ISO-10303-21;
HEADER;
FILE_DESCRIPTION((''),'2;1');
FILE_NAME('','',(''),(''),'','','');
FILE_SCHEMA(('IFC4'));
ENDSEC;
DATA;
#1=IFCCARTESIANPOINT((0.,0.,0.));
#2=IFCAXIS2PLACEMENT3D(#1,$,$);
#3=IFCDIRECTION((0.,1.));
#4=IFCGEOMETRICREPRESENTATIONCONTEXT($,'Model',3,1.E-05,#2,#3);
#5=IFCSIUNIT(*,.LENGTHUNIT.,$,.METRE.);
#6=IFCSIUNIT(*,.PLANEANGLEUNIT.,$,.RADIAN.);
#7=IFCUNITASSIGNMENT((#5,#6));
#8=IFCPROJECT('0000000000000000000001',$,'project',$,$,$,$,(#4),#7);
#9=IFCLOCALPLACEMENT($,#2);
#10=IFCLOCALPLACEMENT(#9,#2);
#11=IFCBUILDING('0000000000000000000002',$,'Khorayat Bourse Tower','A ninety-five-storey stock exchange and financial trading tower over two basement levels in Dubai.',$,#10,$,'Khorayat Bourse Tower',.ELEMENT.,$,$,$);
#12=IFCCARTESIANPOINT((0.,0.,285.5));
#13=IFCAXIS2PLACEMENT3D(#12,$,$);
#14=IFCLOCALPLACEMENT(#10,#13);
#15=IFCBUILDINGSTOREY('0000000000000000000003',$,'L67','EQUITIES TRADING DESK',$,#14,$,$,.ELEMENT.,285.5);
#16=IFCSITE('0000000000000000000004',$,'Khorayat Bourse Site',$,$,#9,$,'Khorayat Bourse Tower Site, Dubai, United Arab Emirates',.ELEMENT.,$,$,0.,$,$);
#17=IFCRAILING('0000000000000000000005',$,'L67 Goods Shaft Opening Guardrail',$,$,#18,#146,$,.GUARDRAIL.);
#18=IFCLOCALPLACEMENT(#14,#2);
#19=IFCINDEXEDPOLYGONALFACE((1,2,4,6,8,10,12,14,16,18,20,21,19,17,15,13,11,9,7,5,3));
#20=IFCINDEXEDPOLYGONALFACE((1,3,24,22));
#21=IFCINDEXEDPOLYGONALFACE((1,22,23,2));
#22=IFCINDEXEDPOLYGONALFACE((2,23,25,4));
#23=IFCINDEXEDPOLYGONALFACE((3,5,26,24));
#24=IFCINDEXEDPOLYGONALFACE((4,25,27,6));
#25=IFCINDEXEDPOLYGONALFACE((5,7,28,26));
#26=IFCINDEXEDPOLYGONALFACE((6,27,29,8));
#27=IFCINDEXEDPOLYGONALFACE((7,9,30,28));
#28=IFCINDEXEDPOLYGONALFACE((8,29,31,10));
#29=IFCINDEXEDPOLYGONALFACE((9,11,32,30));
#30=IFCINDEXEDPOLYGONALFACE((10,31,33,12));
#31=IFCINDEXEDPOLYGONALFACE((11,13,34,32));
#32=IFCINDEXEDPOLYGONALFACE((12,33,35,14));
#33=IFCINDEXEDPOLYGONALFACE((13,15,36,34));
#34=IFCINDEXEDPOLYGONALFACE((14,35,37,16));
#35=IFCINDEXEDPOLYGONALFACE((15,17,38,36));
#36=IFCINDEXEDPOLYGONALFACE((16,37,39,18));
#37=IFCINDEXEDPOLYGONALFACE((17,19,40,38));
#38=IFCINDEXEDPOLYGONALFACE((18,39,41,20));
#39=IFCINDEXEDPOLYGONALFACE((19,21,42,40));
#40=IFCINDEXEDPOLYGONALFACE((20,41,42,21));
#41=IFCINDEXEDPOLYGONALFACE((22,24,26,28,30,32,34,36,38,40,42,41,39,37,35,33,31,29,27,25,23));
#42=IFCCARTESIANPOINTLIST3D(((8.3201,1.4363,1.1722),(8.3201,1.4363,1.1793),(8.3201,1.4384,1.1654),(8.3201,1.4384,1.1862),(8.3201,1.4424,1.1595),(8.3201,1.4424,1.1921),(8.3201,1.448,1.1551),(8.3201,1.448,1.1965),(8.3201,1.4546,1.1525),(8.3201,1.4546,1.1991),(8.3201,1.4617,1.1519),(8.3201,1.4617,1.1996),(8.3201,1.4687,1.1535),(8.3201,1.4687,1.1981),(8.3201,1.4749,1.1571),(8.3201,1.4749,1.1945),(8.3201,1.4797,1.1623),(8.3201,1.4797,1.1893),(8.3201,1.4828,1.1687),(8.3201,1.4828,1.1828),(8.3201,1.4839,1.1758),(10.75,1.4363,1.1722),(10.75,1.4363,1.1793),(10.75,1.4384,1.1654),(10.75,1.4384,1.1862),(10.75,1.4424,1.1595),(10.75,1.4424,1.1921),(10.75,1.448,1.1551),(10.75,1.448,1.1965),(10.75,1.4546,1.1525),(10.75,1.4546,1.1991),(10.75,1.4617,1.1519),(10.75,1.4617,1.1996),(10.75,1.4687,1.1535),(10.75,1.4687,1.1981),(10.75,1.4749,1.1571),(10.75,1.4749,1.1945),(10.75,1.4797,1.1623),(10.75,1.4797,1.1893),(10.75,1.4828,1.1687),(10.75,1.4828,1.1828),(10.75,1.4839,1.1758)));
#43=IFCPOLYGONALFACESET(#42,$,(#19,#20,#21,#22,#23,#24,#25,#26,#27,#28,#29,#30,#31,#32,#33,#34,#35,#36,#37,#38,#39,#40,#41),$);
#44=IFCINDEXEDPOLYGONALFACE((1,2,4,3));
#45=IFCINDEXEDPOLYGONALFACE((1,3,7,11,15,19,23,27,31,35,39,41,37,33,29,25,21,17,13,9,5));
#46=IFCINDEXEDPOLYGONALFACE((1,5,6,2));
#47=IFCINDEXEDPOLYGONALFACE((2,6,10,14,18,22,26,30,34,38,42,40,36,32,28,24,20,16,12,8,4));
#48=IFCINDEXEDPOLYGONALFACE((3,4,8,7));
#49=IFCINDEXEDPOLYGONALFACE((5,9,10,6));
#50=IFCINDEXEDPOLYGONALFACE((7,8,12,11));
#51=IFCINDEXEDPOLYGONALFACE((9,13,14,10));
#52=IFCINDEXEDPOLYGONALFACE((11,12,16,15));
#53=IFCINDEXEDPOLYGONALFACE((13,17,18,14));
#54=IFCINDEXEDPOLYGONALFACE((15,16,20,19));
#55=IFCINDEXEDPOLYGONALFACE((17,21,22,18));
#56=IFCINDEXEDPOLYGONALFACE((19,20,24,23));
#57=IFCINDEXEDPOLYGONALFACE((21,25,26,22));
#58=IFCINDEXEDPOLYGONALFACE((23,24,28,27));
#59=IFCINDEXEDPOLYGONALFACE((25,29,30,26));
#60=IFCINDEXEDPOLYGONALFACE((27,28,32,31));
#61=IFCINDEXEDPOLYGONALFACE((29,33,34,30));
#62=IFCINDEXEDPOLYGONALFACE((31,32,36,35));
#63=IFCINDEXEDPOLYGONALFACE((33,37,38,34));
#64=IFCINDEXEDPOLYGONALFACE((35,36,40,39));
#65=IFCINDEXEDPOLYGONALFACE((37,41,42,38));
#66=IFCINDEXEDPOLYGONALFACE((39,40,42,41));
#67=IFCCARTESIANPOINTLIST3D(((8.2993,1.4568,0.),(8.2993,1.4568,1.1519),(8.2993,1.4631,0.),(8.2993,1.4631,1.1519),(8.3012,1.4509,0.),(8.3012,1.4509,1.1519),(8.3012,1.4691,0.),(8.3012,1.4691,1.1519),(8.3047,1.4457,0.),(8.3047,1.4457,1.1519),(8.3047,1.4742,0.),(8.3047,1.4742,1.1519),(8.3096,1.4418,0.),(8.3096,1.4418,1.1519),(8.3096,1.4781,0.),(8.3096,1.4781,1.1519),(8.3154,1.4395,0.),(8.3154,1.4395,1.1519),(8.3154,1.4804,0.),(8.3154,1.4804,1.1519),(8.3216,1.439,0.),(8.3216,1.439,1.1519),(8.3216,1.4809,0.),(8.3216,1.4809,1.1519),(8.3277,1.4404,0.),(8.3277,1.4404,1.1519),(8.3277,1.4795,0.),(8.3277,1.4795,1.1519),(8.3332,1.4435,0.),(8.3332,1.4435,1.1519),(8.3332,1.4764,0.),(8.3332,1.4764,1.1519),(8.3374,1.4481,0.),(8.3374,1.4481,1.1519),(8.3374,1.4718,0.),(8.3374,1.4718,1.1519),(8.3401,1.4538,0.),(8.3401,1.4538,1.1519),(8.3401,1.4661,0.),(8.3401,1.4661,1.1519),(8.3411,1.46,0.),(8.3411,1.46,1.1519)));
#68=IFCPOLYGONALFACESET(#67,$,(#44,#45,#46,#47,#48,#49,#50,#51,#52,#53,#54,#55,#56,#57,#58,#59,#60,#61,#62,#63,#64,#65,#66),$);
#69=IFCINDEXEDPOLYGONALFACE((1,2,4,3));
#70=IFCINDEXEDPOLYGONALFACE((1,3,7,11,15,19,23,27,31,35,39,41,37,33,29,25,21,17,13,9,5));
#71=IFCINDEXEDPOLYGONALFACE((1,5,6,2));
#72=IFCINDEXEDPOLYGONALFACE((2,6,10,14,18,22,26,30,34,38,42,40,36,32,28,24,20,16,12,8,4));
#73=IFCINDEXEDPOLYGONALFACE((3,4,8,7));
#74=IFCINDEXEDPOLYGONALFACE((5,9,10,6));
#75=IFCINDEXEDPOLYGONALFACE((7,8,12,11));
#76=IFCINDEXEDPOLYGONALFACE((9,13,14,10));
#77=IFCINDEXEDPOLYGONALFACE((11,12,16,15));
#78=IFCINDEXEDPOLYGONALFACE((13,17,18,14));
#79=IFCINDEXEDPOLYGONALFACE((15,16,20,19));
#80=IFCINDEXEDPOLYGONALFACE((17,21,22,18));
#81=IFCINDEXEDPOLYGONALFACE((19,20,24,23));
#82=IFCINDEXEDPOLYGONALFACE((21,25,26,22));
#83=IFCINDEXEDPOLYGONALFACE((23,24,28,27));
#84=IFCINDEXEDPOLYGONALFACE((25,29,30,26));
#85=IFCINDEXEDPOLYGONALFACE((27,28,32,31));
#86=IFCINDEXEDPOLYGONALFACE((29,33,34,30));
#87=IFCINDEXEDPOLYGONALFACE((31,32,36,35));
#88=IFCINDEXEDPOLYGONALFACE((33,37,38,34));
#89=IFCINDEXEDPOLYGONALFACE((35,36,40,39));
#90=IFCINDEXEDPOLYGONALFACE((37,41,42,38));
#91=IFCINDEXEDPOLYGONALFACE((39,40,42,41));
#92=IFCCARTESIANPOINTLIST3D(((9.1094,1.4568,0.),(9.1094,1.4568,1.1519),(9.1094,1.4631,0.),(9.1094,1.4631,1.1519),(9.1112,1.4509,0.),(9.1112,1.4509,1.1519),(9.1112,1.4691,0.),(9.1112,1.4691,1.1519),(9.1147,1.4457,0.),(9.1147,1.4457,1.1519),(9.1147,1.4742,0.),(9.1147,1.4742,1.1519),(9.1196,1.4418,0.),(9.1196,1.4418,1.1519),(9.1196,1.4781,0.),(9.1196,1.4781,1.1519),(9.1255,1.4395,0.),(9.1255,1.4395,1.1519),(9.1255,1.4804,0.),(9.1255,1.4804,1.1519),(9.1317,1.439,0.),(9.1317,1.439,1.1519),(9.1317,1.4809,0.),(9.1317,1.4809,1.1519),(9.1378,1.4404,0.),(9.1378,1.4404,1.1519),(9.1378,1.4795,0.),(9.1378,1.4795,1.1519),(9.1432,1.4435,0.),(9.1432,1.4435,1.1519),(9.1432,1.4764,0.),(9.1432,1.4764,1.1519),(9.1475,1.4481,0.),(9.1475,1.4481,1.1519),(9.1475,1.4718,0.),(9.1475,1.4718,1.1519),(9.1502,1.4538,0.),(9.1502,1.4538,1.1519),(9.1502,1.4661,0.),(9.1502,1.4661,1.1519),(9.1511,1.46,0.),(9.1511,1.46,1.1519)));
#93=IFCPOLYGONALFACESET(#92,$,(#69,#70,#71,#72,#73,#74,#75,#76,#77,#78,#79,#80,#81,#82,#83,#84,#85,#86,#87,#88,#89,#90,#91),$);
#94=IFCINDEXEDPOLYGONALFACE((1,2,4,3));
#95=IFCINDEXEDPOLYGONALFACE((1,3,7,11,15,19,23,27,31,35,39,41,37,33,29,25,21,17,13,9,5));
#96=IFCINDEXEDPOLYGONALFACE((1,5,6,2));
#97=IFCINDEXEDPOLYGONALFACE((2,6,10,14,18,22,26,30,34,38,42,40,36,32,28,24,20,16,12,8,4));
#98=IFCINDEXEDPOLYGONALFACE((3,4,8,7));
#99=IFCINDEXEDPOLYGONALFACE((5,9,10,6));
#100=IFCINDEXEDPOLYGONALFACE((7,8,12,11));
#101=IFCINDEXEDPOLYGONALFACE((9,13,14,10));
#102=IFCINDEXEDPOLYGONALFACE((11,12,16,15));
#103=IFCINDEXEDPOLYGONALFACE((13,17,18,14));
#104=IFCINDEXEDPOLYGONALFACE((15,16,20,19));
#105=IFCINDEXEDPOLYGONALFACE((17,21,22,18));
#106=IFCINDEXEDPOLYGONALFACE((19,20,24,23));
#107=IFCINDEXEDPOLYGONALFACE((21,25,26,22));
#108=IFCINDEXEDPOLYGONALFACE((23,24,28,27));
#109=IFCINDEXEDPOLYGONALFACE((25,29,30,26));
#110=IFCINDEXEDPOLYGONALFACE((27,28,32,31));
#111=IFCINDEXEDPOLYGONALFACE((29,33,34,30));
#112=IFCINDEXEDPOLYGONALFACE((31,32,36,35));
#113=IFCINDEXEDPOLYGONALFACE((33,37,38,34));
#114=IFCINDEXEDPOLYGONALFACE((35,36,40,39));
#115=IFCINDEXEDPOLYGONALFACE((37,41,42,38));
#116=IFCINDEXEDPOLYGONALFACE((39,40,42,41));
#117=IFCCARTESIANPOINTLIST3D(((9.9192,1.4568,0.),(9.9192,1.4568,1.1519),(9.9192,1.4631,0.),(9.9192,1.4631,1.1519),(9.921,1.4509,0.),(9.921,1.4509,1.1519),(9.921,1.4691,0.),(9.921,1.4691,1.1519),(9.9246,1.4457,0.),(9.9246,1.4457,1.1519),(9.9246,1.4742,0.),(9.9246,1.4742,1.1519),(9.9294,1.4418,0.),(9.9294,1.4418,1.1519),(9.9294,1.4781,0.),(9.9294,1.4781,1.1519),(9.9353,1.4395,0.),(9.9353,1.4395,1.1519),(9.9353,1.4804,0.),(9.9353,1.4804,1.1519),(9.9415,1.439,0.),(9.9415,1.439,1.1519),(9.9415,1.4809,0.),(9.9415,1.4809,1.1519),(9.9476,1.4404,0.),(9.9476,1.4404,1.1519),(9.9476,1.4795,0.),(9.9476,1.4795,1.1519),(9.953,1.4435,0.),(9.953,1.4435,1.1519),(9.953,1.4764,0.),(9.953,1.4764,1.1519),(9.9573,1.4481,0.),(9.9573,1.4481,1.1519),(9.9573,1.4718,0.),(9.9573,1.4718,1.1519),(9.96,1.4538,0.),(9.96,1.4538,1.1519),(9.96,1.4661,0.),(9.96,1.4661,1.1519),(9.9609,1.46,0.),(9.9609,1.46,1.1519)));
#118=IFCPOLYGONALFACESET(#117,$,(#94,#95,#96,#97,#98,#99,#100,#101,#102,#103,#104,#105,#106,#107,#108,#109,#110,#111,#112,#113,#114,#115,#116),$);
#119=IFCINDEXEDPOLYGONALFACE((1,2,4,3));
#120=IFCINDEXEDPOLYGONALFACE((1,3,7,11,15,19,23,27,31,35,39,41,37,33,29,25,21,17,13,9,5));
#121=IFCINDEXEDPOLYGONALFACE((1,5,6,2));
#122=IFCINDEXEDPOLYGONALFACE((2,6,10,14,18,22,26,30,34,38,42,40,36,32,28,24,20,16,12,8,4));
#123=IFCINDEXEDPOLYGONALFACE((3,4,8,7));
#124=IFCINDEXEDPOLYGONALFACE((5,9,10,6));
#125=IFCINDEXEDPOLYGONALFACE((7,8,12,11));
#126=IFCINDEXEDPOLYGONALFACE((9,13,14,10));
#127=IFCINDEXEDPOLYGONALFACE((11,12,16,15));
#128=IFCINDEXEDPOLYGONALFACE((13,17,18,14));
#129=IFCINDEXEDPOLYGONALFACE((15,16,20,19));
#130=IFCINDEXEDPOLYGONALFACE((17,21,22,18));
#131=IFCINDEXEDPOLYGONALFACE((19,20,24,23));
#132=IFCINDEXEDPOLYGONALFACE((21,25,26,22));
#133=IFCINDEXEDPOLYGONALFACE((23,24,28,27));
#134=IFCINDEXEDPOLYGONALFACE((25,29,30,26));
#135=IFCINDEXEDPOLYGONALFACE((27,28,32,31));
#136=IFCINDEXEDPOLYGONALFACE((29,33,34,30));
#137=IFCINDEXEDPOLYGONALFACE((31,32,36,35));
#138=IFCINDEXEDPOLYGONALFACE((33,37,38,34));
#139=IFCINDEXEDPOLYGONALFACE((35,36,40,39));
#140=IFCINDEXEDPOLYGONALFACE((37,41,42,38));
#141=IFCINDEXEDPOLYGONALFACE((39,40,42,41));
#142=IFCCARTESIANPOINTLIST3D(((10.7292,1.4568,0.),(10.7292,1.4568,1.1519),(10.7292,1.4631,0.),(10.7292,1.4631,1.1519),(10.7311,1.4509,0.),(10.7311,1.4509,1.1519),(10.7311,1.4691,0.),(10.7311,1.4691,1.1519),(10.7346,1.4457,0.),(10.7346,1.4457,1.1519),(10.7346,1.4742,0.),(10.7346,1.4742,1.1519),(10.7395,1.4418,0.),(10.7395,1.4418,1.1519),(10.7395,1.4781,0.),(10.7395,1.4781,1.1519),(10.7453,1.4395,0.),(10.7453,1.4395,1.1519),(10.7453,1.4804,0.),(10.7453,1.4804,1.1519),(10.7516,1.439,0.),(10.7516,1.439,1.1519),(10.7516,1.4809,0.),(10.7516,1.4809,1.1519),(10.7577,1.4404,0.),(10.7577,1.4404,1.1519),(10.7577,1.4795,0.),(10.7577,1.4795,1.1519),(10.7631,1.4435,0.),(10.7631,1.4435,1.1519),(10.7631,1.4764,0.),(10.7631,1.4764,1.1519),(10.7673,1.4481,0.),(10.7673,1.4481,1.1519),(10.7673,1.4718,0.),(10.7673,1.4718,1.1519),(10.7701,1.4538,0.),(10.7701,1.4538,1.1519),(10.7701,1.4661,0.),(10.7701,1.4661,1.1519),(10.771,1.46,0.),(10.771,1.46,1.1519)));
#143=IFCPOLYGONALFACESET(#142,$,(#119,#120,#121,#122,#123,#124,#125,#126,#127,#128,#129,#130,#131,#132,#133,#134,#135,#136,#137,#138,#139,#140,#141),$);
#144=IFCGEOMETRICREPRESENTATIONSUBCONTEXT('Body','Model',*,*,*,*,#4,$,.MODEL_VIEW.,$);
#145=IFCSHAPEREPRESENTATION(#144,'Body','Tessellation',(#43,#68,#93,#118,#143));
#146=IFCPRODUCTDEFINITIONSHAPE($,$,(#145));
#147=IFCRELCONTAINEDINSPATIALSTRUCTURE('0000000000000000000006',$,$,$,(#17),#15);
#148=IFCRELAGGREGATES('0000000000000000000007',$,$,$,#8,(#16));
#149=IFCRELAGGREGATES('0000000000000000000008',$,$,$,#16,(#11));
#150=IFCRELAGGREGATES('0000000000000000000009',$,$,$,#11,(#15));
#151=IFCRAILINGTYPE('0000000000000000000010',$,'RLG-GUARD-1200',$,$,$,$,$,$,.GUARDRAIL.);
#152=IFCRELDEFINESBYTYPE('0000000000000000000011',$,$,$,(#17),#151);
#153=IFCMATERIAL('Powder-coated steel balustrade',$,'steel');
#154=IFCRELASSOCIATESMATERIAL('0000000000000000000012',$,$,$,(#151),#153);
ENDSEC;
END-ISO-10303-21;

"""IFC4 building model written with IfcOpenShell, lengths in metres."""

from ifc_helpers import new_model, si_unit, direction, frame, origin, origin_2d, place, context, subcontext, project, spatial, circle, extrude, source, transform, mapped, material, type_object, element, save


model = new_model("IFC4")

# Units and contexts
model_context = context("Model", 3, precision=1e-05, world=origin(), true_north=direction((0.0, 1.0)))
body_context = subcontext(model_context, "Body", "Model", "MODEL_VIEW")
ifc_project = project(units=[si_unit("LENGTHUNIT", "METRE"), si_unit("PLANEANGLEUNIT", "RADIAN")], contexts=[model_context])

# Site, building, storey
site_placement = place(None, origin())
site = spatial("IfcSite", under=ifc_project, at=site_placement, Name="Khorayat Bourse Site", LongName="Khorayat Bourse Tower Site, Dubai, United Arab Emirates", CompositionType="ELEMENT", RefElevation=0.0)
building_placement = place(site_placement, origin())
building = spatial("IfcBuilding", under=site, at=building_placement, Name="Khorayat Bourse Tower", Description="A ninety-five-storey stock exchange and financial trading tower over two basement levels in Dubai.", LongName="Khorayat Bourse Tower", CompositionType="ELEMENT")
storey_placement = place(building_placement, frame((0.0, 0.0, 285.5)))
storey = spatial("IfcBuildingStorey", under=building, at=storey_placement, Name="L67", Description="EQUITIES TRADING DESK", CompositionType="ELEMENT", Elevation=285.5)

# Railing
ifc_material_1 = material(Name="Powder-coated steel balustrade", Category="steel")
railing_type = type_object("IfcRailingType", Name="RLG-GUARD-1200", PredefinedType="GUARDRAIL", material=ifc_material_1)
shared_shape_1 = source(origin(), body_context, "Body", "SweptSolid", [
    extrude(circle(Radius=0.0239, at=origin_2d()), frame((0.0, 0.0, 1.1758), z_axis=(1.0, 0.0, 0.0), x_axis=(0.0, 1.0, 0.0)), (0.0, 0.0, 1.0), 2.4299),
    extrude(circle(Radius=0.021, at=origin_2d()), origin(), (0.0, 0.0, 1.0), 1.1519),
    extrude(circle(Radius=0.021, at=origin_2d()), frame((0.8101, 0.0, 0.0)), (0.0, 0.0, 1.0), 1.1519),
    extrude(circle(Radius=0.021, at=origin_2d()), frame((1.6199, 0.0, 0.0)), (0.0, 0.0, 1.0), 1.1519),
    extrude(circle(Radius=0.021, at=origin_2d()), frame((2.4299, 0.0, 0.0)), (0.0, 0.0, 1.0), 1.1519),
])
railing_placement = place(storey_placement, frame((8.3201, 1.46, 0.0)))
element("IfcRailing", 1, at=railing_placement, inside=storey, type_object=railing_type, Name="L67 Goods Shaft Opening Guardrail", PredefinedType="GUARDRAIL", context=body_context, shape_type="MappedRepresentation", body=[
    mapped(shared_shape_1, transform((0.0, 0.0, 0.0), scale=1.0)),
])

save(model, "model.ifc")
